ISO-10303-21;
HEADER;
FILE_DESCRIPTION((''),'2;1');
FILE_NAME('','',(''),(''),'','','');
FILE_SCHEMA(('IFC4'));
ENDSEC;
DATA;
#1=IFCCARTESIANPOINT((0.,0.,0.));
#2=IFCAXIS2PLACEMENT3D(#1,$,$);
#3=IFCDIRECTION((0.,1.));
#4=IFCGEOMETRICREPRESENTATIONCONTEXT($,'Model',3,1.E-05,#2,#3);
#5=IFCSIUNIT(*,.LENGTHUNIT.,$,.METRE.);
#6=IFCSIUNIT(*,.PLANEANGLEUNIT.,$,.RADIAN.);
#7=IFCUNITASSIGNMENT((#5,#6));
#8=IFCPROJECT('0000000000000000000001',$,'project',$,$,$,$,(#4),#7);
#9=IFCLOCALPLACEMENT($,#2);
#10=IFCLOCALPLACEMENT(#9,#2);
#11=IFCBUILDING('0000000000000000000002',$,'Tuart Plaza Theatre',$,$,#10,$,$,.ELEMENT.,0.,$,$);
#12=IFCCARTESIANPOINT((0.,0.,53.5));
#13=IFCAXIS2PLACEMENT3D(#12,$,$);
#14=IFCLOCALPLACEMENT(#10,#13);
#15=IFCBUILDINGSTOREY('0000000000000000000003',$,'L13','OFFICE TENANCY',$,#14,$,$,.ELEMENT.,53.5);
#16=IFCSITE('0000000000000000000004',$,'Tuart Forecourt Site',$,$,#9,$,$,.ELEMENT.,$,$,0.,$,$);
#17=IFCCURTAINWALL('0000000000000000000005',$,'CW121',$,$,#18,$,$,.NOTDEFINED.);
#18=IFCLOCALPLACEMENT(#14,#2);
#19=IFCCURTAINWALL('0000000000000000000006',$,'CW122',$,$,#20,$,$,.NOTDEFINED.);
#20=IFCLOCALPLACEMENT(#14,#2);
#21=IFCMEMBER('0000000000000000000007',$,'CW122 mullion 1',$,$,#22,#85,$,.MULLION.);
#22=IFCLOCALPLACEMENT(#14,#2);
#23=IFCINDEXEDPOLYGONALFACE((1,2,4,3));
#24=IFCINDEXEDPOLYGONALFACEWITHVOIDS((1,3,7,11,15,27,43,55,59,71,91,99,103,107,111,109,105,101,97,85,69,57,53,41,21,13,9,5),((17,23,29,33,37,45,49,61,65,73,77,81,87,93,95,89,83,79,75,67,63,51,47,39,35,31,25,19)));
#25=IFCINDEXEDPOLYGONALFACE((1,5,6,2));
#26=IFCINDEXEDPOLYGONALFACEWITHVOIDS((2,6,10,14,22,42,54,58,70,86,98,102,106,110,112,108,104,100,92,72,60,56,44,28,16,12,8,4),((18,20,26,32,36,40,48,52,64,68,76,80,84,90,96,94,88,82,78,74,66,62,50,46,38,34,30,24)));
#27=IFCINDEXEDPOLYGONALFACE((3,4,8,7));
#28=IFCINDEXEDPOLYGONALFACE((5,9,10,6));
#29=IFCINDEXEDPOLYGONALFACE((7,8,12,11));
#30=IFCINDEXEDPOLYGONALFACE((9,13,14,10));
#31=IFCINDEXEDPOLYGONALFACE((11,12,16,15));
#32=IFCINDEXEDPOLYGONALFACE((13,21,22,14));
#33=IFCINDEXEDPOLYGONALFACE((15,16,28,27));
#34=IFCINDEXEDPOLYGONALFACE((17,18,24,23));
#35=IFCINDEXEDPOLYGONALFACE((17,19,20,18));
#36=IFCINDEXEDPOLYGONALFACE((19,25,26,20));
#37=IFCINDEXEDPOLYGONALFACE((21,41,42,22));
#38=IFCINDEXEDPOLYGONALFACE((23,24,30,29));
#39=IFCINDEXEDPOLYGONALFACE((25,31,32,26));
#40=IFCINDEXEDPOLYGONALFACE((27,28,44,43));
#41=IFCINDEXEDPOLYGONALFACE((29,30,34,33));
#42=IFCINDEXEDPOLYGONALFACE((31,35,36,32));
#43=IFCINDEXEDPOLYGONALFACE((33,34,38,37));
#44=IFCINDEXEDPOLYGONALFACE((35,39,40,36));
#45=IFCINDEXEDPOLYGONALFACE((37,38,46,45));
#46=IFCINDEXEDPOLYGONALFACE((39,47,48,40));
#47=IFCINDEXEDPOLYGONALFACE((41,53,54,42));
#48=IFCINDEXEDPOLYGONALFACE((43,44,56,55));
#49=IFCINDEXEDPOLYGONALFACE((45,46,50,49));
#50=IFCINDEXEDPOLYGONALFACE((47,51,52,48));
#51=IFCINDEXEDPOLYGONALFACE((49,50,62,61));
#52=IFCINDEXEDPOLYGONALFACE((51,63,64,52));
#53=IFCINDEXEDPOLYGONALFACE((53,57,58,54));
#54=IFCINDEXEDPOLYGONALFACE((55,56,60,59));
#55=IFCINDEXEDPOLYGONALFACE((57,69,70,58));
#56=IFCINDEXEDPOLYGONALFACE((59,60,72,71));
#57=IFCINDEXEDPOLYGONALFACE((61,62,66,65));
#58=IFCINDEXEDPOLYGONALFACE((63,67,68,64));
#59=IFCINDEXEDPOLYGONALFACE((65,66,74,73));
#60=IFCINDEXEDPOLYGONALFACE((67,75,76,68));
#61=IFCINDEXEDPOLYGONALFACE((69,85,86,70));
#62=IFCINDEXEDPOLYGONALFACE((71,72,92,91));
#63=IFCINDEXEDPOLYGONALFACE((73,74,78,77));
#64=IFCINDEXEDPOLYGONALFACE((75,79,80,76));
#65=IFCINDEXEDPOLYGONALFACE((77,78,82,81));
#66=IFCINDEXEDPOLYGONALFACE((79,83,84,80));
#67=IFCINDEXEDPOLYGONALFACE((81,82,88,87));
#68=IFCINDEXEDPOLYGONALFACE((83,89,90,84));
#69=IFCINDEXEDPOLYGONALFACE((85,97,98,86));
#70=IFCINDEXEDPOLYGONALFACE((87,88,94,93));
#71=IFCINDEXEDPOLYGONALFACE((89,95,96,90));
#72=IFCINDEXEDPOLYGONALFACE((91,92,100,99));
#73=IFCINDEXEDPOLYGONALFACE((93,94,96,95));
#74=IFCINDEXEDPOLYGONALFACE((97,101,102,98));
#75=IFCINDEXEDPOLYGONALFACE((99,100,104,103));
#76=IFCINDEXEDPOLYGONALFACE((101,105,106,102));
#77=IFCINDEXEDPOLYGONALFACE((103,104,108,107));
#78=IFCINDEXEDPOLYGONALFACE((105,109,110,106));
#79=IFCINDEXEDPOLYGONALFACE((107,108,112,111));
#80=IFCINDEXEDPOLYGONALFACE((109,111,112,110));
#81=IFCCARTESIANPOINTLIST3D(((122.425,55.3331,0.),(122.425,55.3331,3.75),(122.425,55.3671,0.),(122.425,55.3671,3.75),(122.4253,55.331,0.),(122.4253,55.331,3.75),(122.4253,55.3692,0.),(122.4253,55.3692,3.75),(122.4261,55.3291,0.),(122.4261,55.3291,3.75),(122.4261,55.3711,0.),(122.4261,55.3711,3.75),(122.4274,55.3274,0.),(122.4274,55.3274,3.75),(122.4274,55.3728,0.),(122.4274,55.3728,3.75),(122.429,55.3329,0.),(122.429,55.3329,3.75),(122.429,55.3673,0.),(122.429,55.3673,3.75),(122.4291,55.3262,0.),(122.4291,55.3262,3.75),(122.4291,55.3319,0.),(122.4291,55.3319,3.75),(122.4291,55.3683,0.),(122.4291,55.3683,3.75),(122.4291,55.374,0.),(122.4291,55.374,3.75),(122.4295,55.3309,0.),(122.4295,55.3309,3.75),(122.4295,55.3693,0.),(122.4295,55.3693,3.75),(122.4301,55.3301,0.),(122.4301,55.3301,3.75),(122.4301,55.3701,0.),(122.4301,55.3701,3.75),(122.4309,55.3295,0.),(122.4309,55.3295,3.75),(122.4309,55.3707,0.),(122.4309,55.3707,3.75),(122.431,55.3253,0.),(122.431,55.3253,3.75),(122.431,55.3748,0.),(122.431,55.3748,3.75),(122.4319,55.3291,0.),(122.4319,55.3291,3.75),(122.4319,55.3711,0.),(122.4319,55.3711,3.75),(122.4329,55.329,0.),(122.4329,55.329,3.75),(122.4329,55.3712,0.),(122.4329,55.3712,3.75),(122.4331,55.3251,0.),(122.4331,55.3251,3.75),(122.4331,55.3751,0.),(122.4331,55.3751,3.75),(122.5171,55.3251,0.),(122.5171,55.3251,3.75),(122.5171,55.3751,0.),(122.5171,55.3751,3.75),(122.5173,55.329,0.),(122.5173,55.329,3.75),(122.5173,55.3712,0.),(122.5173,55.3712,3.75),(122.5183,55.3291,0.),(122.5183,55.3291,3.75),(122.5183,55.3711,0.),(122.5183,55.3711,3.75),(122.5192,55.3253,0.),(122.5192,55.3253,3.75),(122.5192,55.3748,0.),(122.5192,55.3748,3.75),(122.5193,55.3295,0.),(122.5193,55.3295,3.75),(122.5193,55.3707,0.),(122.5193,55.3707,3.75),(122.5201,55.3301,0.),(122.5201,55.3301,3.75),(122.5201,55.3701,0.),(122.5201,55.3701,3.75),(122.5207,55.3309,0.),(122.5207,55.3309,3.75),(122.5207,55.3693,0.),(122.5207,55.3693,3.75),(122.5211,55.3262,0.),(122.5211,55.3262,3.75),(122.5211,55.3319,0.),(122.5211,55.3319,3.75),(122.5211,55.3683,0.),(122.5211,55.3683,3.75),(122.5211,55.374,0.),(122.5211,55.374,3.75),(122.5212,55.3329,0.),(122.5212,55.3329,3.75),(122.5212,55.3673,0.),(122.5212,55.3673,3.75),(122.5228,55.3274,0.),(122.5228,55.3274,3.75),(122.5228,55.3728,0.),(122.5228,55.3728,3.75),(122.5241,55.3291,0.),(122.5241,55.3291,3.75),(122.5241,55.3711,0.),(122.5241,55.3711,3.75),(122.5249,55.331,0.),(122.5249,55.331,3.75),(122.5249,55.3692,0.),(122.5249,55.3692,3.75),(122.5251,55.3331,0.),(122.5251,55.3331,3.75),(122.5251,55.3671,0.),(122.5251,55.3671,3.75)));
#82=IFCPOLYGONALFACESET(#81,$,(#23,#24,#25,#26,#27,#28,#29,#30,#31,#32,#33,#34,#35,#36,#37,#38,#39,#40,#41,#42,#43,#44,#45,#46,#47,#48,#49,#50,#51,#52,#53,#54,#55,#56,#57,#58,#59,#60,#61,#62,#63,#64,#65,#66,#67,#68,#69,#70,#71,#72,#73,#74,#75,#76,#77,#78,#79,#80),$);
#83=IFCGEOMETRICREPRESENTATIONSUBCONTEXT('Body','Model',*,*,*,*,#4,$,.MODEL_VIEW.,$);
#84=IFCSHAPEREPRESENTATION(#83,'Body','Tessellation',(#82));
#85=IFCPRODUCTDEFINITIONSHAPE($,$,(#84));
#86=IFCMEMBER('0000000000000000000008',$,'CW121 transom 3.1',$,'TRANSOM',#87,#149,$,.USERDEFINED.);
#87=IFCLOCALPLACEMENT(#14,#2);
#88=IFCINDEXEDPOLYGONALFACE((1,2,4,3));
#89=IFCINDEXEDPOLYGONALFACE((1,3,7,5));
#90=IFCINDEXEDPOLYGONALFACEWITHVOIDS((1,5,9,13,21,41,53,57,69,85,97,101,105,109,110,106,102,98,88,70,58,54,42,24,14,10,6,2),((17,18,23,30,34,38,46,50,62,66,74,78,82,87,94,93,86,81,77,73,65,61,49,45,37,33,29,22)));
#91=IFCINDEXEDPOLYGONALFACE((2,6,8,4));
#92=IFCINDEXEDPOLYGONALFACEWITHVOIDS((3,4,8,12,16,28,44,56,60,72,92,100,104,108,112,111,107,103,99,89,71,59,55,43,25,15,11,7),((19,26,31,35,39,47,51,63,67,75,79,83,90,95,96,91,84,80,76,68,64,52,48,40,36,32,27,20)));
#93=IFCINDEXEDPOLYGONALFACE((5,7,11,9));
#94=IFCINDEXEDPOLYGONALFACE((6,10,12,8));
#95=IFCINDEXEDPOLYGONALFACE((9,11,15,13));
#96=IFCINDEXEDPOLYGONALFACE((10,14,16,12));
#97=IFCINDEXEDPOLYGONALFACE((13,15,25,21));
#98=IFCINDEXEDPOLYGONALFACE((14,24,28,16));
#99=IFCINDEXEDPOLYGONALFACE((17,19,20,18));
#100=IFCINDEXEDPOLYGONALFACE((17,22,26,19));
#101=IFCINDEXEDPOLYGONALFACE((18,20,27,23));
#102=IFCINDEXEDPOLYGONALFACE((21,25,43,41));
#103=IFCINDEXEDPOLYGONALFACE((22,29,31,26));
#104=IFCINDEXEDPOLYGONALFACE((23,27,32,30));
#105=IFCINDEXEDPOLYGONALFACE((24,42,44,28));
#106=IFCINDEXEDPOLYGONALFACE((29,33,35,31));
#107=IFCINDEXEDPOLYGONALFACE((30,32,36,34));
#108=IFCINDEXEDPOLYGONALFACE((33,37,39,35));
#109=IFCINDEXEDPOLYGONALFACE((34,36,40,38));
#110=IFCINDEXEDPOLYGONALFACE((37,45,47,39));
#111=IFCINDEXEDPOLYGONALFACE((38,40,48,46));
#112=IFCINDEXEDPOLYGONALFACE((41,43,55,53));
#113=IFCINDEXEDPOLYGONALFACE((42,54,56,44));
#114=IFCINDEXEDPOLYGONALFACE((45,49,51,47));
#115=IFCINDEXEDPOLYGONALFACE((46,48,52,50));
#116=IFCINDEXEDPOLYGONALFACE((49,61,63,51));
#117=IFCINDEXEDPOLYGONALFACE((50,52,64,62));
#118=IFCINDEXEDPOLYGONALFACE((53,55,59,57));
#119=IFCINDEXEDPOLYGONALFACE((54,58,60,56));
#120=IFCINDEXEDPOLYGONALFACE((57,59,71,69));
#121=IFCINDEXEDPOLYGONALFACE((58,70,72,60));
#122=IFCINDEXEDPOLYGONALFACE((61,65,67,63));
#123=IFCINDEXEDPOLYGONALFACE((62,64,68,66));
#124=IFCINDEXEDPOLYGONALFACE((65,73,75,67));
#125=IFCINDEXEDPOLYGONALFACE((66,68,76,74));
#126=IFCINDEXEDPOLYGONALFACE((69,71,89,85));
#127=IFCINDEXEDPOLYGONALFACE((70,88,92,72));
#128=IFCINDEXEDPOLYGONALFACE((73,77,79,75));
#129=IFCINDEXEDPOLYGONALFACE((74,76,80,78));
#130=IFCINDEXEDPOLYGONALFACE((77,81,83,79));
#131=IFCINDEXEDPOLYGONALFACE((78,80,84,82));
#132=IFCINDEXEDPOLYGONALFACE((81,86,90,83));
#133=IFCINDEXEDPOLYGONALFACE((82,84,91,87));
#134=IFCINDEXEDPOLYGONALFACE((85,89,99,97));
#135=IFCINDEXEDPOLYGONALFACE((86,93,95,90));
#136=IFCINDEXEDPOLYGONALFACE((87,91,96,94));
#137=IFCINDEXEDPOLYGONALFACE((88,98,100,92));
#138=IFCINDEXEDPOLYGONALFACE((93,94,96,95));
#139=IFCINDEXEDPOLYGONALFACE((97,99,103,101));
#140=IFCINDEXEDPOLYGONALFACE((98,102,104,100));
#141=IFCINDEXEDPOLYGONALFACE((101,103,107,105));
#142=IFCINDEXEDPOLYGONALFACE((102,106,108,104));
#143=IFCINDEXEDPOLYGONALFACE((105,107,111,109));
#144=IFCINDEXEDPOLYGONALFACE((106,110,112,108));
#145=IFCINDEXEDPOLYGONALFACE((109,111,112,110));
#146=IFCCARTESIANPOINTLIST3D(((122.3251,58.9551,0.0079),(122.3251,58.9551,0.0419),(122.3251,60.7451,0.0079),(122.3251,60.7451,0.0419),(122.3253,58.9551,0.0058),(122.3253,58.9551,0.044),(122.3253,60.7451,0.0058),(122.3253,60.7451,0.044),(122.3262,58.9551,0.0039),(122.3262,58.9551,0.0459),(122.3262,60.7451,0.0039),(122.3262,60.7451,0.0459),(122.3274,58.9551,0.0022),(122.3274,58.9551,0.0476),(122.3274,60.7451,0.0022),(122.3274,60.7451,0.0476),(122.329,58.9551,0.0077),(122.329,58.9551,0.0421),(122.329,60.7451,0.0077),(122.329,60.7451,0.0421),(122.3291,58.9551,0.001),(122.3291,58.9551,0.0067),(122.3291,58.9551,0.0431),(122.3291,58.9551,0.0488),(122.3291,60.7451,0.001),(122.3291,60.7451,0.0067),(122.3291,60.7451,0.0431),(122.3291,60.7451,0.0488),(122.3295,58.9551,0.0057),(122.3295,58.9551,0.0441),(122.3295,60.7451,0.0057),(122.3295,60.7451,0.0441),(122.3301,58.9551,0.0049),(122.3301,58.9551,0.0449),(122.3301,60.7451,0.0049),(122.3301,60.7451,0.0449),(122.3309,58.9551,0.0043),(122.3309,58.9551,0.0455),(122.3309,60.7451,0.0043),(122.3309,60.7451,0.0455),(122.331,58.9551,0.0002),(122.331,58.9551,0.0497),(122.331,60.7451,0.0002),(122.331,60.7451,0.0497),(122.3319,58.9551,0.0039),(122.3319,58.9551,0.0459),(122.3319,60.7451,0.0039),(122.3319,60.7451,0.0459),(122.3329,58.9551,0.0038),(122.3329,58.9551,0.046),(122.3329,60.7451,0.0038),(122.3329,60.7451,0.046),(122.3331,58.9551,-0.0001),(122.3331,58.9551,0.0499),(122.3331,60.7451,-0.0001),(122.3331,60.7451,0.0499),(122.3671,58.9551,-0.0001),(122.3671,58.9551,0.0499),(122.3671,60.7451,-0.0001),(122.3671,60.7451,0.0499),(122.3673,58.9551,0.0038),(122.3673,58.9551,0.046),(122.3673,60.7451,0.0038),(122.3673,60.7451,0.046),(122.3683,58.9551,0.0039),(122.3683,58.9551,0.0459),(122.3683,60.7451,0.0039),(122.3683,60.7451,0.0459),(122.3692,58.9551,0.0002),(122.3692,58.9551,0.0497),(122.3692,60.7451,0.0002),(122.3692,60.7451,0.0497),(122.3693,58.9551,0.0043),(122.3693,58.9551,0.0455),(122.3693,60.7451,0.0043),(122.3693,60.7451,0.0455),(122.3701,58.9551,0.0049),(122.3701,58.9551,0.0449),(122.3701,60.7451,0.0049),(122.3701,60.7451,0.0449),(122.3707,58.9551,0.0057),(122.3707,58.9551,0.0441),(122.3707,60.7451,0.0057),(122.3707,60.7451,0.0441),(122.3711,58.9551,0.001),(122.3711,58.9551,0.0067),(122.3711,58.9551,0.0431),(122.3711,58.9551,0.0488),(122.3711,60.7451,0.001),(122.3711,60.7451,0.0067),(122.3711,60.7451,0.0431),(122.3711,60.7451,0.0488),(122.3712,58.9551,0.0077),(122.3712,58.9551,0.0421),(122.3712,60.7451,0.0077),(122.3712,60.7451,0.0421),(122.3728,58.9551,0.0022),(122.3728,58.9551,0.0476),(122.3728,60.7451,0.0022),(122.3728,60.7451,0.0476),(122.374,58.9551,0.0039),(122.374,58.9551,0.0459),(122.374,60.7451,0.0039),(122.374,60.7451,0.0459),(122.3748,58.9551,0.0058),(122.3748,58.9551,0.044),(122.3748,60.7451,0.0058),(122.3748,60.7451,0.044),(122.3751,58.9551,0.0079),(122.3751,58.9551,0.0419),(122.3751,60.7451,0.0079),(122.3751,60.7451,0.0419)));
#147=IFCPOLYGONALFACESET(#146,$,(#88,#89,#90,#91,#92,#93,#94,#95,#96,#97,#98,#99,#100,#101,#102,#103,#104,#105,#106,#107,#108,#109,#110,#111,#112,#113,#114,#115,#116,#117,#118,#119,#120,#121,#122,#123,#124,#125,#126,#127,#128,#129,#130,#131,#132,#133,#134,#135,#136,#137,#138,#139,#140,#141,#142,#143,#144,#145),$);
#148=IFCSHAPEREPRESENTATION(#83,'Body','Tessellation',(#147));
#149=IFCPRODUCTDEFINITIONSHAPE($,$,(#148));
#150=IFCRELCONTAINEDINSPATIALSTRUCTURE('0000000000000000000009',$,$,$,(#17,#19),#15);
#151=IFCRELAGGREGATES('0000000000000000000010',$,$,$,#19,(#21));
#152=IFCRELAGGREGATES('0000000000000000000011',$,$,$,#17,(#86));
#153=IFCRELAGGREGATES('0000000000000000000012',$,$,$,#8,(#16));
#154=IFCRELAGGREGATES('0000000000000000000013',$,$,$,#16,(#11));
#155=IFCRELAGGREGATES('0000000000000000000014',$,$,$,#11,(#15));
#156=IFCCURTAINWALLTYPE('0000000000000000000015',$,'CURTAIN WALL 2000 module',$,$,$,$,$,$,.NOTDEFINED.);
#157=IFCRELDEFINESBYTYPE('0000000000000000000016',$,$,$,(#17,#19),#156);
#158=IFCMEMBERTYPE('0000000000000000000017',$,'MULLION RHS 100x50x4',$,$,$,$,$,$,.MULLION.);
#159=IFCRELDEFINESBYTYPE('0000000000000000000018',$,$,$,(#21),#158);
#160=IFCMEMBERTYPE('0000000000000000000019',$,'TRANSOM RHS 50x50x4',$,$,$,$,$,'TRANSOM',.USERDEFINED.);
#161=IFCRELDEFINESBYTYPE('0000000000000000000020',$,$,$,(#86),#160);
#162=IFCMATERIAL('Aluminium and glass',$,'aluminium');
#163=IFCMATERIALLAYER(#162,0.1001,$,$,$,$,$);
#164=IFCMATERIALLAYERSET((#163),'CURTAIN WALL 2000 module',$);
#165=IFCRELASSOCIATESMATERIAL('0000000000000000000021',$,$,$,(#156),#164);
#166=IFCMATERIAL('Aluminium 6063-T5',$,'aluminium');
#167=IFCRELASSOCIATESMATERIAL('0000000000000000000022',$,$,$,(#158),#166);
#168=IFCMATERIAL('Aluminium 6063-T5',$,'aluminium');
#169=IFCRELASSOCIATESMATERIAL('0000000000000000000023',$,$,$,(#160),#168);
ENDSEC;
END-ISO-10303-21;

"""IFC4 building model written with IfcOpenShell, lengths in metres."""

from ifc_helpers import new_model, si_unit, direction, frame, origin, origin_2d, place, context, subcontext, project, spatial, hollow_rectangle, extrude, material, layer, layer_set, material_profile, profile_set, type_object, element, aggregate, save


model = new_model("IFC4")

# Units and contexts
model_context = context("Model", 3, precision=1e-05, world=origin(), true_north=direction((0.0, 1.0)))
body_context = subcontext(model_context, "Body", "Model", "MODEL_VIEW")
ifc_project = project(units=[si_unit("LENGTHUNIT", "METRE"), si_unit("PLANEANGLEUNIT", "RADIAN")], contexts=[model_context])

# Site, building, storey
site_placement = place(None, origin())
site = spatial("IfcSite", under=ifc_project, at=site_placement, Name="Tuart Forecourt Site", CompositionType="ELEMENT", RefElevation=0.0)
building_placement = place(site_placement, origin())
building = spatial("IfcBuilding", under=site, at=building_placement, Name="Tuart Plaza Theatre", CompositionType="ELEMENT", ElevationOfRefHeight=0.0)
storey_placement = place(building_placement, frame((0.0, 0.0, 53.5)))
storey = spatial("IfcBuildingStorey", under=building, at=storey_placement, Name="L13", Description="OFFICE TENANCY", CompositionType="ELEMENT", Elevation=53.5)

# Curtain wall
ifc_material_1 = material(Name="Aluminium and glass", Category="aluminium")
ifc_layer_1 = layer(ifc_material_1, 0.1001)
ifc_layer_set_1 = layer_set([ifc_layer_1], Name="CURTAIN WALL 2000 module")
curtain_wall_type = type_object("IfcCurtainWallType", Name="CURTAIN WALL 2000 module", PredefinedType="NOTDEFINED", material=ifc_layer_set_1)
curtain_wall_1_placement = place(storey_placement, origin())
curtain_wall_1 = element("IfcCurtainWall", 1, at=curtain_wall_1_placement, inside=storey, type_object=curtain_wall_type, Name="CW121", PredefinedType="NOTDEFINED")
ifc_material_2 = material(Name="Aluminium 6063-T5", Category="aluminium")
ifc_material_profile_1 = material_profile(ifc_material_2, hollow_rectangle(XDim=0.05, YDim=0.1001, WallThickness=0.0039, InnerFilletRadius=0.0039, OuterFilletRadius=0.0081, at=origin_2d()), Name="RHS 100x50x4")
ifc_profile_set_1 = profile_set([ifc_material_profile_1], Name="Aluminium 6063-T5")
member_type_1 = type_object("IfcMemberType", Name="MULLION RHS 100x50x4", PredefinedType="MULLION", material=ifc_profile_set_1)

# Curtain wall, member
curtain_wall_2_placement = place(storey_placement, origin())
curtain_wall_2 = element("IfcCurtainWall", 2, at=curtain_wall_2_placement, inside=storey, type_object=curtain_wall_type, Name="CW122", PredefinedType="NOTDEFINED")
member_1_placement = place(storey_placement, frame((122.4751, 55.3501, 0.0), z_axis=(0.0, 0.0, 1.0), x_axis=(0.0, 1.0, 0.0)))
member_1 = element("IfcMember", 3, at=member_1_placement, type_object=member_type_1, Name="CW122 mullion 1", PredefinedType="MULLION", context=body_context, shape_type="SweptSolid", body=[
    extrude(hollow_rectangle(XDim=0.05, YDim=0.1001, WallThickness=0.0039, InnerFilletRadius=0.0039, OuterFilletRadius=0.0081, at=origin_2d()), origin(), (0.0, 0.0, 1.0), 3.75),
])
aggregate(curtain_wall_2, [member_1])

# Member
ifc_material_3 = material(Name="Aluminium 6063-T5", Category="aluminium")
ifc_material_profile_2 = material_profile(ifc_material_3, hollow_rectangle(XDim=0.05, YDim=0.05, WallThickness=0.0039, InnerFilletRadius=0.0039, OuterFilletRadius=0.0081, at=origin_2d()), Name="RHS 50x50x4")
ifc_profile_set_2 = profile_set([ifc_material_profile_2], Name="Aluminium 6063-T5")
member_type_2 = type_object("IfcMemberType", Name="TRANSOM RHS 50x50x4", ElementType="TRANSOM", PredefinedType="USERDEFINED", material=ifc_profile_set_2)
member_2_placement = place(storey_placement, frame((122.3501, 60.7451, 0.0249), z_axis=(0.0, -1.0, 0.0), x_axis=(1.0, 0.0, 0.0)))
member_2 = element("IfcMember", 4, at=member_2_placement, type_object=member_type_2, Name="CW121 transom 3.1", ObjectType="TRANSOM", PredefinedType="USERDEFINED", context=body_context, shape_type="SweptSolid", body=[
    extrude(hollow_rectangle(XDim=0.05, YDim=0.05, WallThickness=0.0039, InnerFilletRadius=0.0039, OuterFilletRadius=0.0081, at=origin_2d()), origin(), (0.0, 0.0, 1.0), 1.79),
])

aggregate(curtain_wall_1, [member_2])

save(model, "model.ifc")
